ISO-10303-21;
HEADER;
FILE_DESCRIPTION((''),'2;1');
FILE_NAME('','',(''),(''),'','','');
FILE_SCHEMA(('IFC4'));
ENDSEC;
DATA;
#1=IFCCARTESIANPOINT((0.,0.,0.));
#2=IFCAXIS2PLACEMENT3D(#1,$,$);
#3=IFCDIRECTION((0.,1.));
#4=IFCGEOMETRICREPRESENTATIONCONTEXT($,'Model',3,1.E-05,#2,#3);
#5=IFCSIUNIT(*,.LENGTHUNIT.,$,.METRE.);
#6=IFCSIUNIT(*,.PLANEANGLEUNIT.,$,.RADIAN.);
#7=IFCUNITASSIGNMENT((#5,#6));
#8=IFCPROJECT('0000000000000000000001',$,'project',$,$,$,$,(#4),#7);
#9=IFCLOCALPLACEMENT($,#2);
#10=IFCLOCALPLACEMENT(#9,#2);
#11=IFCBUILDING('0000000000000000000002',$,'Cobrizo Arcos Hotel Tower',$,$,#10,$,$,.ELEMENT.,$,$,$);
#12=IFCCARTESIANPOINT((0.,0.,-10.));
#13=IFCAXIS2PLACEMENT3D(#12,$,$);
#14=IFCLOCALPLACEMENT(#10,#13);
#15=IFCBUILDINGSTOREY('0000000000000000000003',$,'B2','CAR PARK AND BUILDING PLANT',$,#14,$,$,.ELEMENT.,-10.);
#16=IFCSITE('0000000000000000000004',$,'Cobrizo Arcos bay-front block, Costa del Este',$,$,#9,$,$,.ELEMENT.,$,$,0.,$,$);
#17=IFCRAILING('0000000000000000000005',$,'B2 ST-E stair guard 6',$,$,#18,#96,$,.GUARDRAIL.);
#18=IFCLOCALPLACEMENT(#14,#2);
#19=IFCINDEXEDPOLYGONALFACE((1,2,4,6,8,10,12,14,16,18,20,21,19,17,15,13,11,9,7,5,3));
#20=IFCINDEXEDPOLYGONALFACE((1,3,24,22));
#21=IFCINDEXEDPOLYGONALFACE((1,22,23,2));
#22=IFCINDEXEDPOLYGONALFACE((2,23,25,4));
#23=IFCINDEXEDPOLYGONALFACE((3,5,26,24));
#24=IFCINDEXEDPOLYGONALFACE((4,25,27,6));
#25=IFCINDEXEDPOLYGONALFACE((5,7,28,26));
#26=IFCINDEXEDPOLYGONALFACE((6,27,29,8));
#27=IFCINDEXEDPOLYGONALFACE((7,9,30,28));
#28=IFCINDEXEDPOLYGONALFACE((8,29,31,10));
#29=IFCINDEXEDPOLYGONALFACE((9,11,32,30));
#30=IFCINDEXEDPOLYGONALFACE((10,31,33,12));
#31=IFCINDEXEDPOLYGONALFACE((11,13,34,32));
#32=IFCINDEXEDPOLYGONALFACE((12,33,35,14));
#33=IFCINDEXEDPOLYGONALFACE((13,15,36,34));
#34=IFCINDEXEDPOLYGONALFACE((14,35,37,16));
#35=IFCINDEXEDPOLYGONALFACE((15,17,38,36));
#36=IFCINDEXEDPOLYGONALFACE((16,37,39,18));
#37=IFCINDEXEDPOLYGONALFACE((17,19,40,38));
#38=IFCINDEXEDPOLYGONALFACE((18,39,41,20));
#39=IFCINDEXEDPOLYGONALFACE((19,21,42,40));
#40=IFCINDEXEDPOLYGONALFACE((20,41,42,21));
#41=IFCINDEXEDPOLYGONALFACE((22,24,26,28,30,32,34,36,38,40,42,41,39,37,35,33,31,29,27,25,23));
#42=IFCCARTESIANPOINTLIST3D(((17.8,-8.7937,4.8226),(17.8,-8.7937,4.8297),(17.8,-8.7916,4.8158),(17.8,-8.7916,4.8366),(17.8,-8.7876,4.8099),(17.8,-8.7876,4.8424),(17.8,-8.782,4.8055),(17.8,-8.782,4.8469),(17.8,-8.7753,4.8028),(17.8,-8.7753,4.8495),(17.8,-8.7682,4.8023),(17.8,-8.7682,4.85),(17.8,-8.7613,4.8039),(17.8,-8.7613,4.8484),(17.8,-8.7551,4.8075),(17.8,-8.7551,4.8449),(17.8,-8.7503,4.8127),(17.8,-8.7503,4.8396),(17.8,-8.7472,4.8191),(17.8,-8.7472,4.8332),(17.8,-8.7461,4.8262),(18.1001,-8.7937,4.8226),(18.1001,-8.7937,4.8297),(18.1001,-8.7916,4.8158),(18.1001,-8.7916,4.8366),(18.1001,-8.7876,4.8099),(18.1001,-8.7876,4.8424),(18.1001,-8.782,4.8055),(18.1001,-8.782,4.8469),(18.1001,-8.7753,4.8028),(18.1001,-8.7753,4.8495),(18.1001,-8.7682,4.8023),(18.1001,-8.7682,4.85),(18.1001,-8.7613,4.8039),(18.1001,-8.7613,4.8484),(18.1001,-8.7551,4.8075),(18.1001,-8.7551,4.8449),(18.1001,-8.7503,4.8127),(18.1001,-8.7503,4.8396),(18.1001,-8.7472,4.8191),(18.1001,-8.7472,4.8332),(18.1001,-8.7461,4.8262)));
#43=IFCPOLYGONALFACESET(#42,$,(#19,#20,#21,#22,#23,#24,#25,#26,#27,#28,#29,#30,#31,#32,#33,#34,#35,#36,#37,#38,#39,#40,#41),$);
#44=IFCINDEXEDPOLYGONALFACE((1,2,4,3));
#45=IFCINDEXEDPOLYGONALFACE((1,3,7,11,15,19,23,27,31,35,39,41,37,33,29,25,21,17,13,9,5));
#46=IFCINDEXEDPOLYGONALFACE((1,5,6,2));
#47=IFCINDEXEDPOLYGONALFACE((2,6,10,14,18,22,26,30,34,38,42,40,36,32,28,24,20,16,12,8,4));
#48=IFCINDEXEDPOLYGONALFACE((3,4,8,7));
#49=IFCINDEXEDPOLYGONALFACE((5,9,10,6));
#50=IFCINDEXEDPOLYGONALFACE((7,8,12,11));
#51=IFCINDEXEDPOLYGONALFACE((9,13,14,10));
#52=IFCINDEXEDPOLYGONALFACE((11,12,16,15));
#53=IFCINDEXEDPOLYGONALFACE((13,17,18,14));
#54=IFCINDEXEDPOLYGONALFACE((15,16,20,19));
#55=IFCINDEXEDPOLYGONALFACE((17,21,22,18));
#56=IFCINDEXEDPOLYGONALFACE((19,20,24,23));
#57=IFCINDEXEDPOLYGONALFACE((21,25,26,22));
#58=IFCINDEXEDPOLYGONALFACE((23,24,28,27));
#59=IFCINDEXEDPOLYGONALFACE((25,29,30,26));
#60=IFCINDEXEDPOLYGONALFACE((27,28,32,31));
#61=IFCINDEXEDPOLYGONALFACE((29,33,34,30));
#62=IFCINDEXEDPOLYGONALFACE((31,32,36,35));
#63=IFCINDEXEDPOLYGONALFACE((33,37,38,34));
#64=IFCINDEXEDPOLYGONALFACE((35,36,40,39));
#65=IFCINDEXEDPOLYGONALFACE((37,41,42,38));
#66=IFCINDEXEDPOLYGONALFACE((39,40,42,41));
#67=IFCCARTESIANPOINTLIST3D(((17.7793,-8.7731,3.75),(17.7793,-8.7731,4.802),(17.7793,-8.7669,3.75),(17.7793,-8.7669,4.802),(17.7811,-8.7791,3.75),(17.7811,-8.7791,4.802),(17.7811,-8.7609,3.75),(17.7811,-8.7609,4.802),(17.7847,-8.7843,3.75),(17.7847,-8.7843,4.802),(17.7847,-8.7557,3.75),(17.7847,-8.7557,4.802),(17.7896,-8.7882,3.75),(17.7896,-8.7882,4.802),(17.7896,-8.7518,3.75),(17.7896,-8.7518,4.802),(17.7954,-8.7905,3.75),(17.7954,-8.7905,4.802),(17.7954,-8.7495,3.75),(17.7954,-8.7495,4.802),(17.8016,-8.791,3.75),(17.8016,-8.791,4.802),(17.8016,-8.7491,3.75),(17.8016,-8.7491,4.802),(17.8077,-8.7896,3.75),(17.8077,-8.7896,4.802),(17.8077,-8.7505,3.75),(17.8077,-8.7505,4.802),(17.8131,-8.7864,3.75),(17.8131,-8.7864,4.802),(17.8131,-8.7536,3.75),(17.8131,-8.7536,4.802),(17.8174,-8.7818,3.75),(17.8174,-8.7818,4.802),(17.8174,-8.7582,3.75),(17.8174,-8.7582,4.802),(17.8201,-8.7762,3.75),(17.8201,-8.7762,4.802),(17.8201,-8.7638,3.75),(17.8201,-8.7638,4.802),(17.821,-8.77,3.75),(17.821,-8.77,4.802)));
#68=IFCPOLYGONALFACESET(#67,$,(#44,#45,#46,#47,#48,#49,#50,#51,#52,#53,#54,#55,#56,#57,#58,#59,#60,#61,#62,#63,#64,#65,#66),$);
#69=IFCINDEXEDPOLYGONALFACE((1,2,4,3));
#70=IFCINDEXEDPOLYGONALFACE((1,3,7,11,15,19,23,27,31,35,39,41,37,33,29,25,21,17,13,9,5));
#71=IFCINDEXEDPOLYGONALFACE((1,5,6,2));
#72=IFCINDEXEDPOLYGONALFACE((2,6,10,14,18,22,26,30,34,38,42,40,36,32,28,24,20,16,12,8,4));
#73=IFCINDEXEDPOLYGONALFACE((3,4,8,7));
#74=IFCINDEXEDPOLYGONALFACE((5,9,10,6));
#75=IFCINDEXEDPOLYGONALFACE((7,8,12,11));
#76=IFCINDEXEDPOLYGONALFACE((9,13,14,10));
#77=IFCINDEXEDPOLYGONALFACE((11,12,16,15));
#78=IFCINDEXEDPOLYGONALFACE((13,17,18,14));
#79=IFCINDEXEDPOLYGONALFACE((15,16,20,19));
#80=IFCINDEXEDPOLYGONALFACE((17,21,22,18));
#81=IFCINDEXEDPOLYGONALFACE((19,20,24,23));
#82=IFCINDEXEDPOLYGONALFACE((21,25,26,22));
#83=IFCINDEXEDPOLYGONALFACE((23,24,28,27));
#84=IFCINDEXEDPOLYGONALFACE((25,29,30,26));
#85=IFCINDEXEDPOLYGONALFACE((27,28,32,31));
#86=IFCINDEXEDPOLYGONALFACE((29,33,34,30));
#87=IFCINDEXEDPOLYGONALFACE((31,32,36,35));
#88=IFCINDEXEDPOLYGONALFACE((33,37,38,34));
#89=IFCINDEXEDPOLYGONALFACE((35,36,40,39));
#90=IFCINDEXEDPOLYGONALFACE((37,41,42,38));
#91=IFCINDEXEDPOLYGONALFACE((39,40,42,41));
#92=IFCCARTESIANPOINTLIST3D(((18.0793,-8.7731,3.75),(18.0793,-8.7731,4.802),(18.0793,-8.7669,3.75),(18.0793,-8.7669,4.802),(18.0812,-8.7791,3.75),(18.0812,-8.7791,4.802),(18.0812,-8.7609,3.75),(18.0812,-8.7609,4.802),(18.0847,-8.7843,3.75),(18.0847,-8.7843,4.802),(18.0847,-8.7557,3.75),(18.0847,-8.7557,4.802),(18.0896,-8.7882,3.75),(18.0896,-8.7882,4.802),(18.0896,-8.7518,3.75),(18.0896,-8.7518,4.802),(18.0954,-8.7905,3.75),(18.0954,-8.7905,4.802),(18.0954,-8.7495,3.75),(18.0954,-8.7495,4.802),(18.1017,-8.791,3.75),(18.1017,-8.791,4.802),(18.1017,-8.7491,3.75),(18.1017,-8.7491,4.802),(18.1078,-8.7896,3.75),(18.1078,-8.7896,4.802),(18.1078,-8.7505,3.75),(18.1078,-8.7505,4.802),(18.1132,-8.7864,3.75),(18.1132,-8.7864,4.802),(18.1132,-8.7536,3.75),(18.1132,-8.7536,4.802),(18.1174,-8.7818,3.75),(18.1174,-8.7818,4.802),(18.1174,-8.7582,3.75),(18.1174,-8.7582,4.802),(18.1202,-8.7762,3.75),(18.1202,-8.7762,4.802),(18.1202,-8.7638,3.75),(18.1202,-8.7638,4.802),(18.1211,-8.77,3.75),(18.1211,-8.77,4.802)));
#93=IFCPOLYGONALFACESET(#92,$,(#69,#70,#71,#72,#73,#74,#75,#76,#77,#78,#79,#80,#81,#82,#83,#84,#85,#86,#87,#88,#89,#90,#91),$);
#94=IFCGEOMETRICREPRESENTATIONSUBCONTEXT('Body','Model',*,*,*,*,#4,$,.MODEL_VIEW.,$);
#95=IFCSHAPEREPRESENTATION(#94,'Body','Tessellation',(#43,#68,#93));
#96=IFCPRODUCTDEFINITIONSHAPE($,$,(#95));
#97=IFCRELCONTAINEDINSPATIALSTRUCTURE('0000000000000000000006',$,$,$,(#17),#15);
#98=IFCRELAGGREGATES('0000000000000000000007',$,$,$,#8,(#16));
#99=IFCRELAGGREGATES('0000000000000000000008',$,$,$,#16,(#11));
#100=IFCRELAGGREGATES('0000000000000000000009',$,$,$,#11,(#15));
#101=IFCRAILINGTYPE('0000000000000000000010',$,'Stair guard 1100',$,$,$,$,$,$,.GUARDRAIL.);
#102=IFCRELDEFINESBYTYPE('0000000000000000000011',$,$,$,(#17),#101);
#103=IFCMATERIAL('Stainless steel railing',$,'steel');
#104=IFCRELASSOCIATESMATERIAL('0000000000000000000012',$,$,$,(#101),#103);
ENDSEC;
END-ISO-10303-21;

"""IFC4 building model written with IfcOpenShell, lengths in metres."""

from ifc_helpers import new_model, si_unit, direction, frame, origin, origin_2d, place, context, subcontext, project, spatial, circle, extrude, material, type_object, element, save


model = new_model("IFC4")

# Units and contexts
model_context = context("Model", 3, precision=1e-05, world=origin(), true_north=direction((0.0, 1.0)))
body_context = subcontext(model_context, "Body", "Model", "MODEL_VIEW")
ifc_project = project(units=[si_unit("LENGTHUNIT", "METRE"), si_unit("PLANEANGLEUNIT", "RADIAN")], contexts=[model_context])

# Site, building, storey
site_placement = place(None, origin())
site = spatial("IfcSite", under=ifc_project, at=site_placement, Name="Cobrizo Arcos bay-front block, Costa del Este", CompositionType="ELEMENT", RefElevation=0.0)
building_placement = place(site_placement, origin())
building = spatial("IfcBuilding", under=site, at=building_placement, Name="Cobrizo Arcos Hotel Tower", CompositionType="ELEMENT")
storey_placement = place(building_placement, frame((0.0, 0.0, -10.0)))
storey = spatial("IfcBuildingStorey", under=building, at=storey_placement, Name="B2", Description="CAR PARK AND BUILDING PLANT", CompositionType="ELEMENT", Elevation=-10.0)

# Railing
ifc_material_1 = material(Name="Stainless steel railing", Category="steel")
railing_type_1 = type_object("IfcRailingType", Name="Stair guard 1100", PredefinedType="GUARDRAIL", material=ifc_material_1)
railing_1_placement = place(storey_placement, frame((17.8, -8.77, 3.75)))
element("IfcRailing", 1, at=railing_1_placement, inside=storey, type_object=railing_type_1, Name="B2 ST-E stair guard 6", PredefinedType="GUARDRAIL", context=body_context, shape_type="SweptSolid", body=[
    extrude(circle(Radius=0.0239, at=origin_2d()), frame((0.0, 0.0, 1.0762), z_axis=(1.0, 0.0, 0.0), x_axis=(0.0, 1.0, 0.0)), (0.0, 0.0, 1.0), 0.3),
    extrude(circle(Radius=0.021, at=origin_2d()), origin(), (0.0, 0.0, 1.0), 1.052),
    extrude(circle(Radius=0.021, at=origin_2d()), frame((0.3, 0.0, 0.0)), (0.0, 0.0, 1.0), 1.052),
])

save(model, "model.ifc")
